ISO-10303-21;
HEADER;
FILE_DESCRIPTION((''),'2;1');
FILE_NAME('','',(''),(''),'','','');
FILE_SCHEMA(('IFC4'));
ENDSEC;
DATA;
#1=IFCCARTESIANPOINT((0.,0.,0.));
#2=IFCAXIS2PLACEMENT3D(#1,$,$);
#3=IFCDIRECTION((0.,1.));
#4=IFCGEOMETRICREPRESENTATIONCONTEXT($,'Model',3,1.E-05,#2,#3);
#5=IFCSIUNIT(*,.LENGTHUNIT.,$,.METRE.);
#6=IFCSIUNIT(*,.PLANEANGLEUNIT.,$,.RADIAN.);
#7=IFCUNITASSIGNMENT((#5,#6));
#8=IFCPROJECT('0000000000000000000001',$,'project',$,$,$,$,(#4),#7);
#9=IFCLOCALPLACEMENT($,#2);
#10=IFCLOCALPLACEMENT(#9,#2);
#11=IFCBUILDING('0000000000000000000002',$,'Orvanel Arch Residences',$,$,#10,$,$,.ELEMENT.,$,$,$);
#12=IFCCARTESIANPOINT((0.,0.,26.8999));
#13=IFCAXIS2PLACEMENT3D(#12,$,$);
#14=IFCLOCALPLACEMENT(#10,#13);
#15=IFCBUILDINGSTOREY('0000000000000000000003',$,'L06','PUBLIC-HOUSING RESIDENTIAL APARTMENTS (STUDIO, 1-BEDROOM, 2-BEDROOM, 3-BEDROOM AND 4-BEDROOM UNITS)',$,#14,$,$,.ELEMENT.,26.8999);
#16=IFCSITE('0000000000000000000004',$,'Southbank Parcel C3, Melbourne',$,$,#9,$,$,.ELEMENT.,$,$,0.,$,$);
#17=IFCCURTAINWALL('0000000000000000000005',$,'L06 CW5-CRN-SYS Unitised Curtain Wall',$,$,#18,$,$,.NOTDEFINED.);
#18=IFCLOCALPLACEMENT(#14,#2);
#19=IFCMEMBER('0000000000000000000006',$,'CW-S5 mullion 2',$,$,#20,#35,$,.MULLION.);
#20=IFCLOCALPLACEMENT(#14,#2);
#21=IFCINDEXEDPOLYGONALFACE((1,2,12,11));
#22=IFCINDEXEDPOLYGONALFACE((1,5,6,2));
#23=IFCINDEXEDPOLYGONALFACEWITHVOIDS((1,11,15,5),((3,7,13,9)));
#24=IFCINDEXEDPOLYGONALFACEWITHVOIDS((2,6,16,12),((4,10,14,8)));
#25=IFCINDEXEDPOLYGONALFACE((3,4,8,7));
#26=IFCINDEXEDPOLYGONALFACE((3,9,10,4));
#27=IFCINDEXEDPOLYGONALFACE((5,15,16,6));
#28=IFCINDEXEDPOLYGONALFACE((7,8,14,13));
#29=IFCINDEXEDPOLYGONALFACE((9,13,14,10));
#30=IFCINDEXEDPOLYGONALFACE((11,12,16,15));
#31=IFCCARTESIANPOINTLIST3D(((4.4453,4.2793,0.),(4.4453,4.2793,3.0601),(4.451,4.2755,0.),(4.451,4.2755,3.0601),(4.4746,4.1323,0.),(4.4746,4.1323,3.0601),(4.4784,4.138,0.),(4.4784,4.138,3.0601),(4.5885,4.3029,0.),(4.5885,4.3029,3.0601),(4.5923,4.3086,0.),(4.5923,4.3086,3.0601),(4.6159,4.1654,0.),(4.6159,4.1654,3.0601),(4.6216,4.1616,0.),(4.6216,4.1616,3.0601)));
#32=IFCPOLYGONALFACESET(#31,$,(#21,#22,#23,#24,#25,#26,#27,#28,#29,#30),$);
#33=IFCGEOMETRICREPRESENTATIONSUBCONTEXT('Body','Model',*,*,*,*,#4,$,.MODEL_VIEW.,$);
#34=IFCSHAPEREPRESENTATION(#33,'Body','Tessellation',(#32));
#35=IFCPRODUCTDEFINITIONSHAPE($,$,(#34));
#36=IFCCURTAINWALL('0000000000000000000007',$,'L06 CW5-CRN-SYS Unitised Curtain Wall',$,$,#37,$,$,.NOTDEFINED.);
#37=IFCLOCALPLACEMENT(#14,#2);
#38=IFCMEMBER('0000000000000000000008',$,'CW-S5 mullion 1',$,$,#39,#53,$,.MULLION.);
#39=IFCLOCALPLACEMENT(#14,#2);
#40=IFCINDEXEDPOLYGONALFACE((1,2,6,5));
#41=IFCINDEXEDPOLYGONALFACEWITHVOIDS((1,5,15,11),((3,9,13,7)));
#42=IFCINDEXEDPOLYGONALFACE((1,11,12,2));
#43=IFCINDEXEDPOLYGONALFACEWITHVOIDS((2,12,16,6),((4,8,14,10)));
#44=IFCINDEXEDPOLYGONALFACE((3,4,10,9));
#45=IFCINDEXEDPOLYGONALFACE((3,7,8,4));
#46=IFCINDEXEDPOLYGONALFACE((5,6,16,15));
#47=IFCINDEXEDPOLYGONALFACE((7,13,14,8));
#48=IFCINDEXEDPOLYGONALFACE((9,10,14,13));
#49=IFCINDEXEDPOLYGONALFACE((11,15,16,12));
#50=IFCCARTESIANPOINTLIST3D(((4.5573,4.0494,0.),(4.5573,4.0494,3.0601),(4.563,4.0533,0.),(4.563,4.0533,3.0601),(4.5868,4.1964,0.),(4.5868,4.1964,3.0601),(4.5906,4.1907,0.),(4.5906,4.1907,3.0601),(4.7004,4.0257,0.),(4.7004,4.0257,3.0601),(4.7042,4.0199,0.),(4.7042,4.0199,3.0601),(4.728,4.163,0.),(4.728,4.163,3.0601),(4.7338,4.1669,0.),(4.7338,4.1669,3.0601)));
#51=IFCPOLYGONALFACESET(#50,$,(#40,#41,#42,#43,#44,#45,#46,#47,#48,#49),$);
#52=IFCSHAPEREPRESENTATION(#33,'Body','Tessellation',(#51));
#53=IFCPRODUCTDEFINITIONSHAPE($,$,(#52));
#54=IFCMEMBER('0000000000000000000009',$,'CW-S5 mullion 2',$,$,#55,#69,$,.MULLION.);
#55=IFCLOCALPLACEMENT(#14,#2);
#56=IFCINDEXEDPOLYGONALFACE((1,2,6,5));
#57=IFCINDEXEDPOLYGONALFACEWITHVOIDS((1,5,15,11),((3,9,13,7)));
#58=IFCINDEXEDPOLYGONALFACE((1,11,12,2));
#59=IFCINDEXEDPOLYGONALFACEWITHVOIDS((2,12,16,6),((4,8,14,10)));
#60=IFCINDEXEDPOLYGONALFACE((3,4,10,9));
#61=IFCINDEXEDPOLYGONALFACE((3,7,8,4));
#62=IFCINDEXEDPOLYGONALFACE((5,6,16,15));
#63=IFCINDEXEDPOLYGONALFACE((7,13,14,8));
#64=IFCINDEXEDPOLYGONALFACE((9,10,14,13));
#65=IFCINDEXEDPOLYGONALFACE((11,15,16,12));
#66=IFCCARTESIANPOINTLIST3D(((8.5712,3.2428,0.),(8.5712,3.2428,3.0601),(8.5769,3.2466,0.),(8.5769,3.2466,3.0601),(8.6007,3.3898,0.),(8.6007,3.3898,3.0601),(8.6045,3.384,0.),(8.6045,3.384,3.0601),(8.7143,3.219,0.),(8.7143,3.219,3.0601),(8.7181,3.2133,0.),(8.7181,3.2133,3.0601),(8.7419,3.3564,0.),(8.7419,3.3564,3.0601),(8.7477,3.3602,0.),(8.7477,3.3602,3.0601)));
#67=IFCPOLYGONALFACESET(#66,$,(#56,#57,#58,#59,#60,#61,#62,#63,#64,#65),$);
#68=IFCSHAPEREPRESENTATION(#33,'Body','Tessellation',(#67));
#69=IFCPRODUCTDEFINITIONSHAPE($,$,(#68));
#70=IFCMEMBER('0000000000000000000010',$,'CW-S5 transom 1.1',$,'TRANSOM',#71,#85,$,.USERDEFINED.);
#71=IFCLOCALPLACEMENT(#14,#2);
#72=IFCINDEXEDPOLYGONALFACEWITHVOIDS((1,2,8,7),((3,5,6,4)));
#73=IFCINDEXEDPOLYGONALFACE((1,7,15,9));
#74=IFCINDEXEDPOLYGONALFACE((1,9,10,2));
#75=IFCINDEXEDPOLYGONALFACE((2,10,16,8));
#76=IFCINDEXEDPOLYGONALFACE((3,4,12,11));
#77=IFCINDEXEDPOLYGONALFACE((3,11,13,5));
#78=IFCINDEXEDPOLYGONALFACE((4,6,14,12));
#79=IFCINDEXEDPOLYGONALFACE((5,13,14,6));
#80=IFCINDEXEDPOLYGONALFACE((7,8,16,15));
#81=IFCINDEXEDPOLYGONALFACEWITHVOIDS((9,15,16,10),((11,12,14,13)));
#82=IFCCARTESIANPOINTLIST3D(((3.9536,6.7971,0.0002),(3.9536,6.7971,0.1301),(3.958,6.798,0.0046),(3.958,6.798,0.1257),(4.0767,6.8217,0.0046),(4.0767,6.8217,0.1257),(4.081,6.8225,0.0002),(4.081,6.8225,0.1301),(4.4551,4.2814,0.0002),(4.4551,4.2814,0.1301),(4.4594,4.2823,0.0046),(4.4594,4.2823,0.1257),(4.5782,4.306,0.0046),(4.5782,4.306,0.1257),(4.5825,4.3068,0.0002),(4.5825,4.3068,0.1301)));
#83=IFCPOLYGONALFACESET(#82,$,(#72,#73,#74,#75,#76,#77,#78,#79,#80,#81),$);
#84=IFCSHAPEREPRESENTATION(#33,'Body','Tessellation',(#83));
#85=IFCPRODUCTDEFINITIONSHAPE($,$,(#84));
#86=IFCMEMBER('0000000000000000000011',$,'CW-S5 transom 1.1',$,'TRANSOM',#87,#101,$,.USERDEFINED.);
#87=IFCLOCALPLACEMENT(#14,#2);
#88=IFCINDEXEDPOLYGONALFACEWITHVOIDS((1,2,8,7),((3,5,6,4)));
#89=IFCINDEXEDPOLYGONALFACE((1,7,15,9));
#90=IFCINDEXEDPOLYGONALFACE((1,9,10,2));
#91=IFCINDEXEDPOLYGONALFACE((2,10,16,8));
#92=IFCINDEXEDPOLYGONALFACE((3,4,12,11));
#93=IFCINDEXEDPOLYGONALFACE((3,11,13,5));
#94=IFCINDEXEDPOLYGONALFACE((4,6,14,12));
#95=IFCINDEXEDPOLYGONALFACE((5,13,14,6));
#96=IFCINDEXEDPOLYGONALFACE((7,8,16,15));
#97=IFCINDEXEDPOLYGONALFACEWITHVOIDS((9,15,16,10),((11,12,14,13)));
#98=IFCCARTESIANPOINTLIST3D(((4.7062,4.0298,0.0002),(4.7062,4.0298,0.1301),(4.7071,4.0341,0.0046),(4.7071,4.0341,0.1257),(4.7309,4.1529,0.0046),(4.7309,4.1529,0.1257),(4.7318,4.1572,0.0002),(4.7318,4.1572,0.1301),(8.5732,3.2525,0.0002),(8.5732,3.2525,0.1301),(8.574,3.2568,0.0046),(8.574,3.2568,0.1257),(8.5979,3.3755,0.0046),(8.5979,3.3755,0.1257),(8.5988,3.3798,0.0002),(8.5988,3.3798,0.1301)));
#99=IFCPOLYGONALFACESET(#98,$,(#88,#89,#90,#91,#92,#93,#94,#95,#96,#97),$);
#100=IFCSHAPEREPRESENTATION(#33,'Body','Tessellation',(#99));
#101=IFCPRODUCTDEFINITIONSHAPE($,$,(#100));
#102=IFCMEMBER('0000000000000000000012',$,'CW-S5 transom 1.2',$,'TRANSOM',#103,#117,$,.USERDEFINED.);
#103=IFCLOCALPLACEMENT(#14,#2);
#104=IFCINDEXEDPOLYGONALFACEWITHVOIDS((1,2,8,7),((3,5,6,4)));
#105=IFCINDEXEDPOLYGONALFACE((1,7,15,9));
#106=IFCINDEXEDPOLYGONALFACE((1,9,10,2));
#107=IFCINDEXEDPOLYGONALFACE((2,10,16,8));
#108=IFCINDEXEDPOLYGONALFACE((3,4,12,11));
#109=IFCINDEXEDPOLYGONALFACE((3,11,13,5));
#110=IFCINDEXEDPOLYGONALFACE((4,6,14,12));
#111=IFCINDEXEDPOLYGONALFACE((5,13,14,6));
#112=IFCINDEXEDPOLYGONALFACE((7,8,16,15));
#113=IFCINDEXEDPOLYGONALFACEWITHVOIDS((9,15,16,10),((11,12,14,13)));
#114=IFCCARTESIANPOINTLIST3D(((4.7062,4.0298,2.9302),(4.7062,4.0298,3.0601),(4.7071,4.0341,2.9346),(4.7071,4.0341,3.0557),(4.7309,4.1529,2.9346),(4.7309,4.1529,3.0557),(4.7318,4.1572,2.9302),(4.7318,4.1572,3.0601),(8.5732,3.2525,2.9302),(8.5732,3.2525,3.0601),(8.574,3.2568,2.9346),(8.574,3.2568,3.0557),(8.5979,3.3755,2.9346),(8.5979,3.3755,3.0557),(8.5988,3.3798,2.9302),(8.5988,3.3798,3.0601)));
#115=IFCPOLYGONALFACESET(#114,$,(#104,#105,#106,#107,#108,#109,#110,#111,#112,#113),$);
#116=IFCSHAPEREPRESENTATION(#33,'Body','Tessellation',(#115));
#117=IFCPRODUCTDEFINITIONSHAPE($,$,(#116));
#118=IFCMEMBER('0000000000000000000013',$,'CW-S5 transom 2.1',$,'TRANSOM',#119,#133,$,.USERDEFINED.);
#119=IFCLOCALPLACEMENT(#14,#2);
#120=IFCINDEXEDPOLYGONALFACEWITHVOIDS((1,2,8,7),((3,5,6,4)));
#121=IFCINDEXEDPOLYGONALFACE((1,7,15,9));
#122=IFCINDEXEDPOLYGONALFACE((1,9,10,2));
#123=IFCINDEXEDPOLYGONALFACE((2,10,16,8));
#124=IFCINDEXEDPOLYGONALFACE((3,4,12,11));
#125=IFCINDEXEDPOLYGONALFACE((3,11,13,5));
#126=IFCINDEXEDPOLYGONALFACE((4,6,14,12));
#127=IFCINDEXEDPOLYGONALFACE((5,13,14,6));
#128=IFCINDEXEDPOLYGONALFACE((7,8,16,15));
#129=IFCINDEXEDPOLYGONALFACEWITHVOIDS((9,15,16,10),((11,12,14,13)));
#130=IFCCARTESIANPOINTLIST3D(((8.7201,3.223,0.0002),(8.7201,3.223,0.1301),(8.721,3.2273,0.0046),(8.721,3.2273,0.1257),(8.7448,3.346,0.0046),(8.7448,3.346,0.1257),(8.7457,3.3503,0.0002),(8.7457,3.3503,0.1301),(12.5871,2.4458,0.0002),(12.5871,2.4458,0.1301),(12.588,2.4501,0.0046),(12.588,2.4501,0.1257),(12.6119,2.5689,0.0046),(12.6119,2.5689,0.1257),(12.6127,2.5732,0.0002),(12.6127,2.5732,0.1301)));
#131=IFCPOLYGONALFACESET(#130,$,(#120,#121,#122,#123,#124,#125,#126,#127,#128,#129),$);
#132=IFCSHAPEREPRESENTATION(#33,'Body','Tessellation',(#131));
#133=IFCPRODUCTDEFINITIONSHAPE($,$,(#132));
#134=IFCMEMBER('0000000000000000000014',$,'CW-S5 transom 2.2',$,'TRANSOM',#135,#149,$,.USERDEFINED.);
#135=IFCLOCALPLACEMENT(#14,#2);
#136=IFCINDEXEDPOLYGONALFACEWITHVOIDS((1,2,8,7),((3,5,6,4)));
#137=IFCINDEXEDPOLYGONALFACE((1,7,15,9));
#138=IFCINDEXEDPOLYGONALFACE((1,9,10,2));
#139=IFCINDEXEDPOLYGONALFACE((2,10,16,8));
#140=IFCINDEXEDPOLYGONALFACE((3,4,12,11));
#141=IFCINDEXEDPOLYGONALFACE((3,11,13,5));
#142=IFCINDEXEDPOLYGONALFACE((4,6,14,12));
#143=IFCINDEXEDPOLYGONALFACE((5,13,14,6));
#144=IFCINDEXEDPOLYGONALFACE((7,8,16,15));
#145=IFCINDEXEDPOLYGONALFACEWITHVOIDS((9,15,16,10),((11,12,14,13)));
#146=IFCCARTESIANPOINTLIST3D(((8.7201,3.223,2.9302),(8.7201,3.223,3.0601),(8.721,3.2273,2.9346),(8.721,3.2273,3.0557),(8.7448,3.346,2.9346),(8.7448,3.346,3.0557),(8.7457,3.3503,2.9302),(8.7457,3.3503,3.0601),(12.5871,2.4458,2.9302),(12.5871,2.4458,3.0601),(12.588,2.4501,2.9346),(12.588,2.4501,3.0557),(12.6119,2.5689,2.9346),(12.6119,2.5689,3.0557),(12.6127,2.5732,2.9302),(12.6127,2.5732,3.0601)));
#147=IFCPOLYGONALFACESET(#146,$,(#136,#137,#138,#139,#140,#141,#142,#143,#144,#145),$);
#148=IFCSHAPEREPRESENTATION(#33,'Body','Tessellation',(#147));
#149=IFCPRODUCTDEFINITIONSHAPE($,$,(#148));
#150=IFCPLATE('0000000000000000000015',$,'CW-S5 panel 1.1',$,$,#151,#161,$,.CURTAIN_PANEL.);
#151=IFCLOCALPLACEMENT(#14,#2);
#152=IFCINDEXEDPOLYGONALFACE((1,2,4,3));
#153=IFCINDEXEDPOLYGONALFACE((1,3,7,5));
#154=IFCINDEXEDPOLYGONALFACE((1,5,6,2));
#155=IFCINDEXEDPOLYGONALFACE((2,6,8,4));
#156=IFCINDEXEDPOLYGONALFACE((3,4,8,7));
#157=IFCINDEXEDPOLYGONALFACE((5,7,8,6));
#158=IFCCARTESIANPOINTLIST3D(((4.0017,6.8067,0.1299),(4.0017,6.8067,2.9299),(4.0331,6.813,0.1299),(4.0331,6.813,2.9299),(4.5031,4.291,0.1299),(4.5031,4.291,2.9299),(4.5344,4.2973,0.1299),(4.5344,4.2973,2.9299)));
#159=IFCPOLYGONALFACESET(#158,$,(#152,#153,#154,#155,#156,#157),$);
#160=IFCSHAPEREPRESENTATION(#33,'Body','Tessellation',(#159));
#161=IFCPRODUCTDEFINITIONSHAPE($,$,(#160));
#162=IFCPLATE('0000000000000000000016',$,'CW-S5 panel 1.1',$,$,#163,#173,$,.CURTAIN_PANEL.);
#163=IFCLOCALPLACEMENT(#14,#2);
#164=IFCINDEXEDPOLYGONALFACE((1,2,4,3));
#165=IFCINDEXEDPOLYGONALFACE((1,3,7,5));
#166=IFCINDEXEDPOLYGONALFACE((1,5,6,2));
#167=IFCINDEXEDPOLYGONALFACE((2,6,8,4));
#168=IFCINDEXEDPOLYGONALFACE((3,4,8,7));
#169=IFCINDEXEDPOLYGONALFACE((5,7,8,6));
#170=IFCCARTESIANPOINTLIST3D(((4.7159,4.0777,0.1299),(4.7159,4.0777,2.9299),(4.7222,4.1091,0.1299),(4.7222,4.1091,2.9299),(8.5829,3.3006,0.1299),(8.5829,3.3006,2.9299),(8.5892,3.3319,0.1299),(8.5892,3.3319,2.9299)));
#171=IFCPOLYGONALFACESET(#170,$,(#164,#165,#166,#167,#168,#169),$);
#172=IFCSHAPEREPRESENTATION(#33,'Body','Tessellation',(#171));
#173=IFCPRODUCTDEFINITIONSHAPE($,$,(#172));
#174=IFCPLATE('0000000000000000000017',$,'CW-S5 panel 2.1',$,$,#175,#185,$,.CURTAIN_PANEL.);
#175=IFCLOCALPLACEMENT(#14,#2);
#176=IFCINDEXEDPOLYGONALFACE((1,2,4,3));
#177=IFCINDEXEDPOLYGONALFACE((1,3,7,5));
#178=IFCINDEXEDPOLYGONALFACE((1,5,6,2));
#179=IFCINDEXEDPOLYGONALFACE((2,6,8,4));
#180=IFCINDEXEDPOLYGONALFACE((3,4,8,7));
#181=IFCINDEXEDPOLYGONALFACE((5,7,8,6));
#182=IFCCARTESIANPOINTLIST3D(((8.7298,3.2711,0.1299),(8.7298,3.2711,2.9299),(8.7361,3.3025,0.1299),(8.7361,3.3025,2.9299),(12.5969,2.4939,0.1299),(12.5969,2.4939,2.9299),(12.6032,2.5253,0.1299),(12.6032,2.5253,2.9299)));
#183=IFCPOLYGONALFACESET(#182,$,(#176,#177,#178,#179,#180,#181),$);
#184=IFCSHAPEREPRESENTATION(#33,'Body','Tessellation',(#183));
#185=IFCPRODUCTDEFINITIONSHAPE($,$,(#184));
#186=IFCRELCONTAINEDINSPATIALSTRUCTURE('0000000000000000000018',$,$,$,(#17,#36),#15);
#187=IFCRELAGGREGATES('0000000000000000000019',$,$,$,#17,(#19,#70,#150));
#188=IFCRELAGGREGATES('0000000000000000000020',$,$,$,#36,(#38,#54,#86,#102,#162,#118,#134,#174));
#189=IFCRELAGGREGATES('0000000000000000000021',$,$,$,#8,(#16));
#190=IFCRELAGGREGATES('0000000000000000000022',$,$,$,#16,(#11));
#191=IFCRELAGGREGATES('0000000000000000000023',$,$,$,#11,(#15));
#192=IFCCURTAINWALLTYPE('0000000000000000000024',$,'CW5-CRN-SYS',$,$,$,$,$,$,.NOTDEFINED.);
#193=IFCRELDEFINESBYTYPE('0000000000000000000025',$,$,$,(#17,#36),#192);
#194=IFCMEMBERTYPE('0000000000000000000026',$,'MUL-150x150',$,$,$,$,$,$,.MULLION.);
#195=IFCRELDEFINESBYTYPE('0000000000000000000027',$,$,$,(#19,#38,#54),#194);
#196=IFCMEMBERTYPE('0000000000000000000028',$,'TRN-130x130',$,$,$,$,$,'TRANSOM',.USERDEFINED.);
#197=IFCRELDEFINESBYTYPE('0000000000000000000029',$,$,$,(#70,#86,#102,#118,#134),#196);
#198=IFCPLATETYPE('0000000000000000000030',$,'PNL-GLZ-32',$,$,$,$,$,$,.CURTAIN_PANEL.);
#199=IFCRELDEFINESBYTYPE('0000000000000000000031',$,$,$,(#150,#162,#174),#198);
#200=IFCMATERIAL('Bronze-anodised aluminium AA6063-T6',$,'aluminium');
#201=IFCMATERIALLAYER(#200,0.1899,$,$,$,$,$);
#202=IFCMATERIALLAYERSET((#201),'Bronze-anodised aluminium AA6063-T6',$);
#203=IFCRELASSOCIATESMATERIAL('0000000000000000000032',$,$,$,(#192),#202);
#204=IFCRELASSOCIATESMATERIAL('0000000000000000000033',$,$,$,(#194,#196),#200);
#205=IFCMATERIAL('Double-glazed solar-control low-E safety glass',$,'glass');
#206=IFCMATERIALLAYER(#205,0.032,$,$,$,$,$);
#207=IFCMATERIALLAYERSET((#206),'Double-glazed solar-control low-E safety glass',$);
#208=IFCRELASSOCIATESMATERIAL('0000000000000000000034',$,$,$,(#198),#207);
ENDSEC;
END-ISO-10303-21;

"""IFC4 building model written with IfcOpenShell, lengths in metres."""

from ifc_helpers import new_model, si_unit, direction, frame, origin, origin_2d, place, context, subcontext, project, spatial, rectangle, hollow_rectangle, extrude, material, layer, layer_set, material_profile, profile_set, type_object, element, aggregate, save


model = new_model("IFC4")

# Units and contexts
model_context = context("Model", 3, precision=1e-05, world=origin(), true_north=direction((0.0, 1.0)))
body_context = subcontext(model_context, "Body", "Model", "MODEL_VIEW")
ifc_project = project(units=[si_unit("LENGTHUNIT", "METRE"), si_unit("PLANEANGLEUNIT", "RADIAN")], contexts=[model_context])

# Site, building, storey
site_placement = place(None, origin())
site = spatial("IfcSite", under=ifc_project, at=site_placement, Name="Southbank Parcel C3, Melbourne", CompositionType="ELEMENT", RefElevation=0.0)
building_placement = place(site_placement, origin())
building = spatial("IfcBuilding", under=site, at=building_placement, Name="Orvanel Arch Residences", CompositionType="ELEMENT")
storey_placement = place(building_placement, frame((0.0, 0.0, 26.8999)))
storey = spatial("IfcBuildingStorey", under=building, at=storey_placement, Name="L06", Description="PUBLIC-HOUSING RESIDENTIAL APARTMENTS (STUDIO, 1-BEDROOM, 2-BEDROOM, 3-BEDROOM AND 4-BEDROOM UNITS)", CompositionType="ELEMENT", Elevation=26.8999)

# Curtain wall, member
ifc_material_1 = material(Name="Bronze-anodised aluminium AA6063-T6", Category="aluminium")
ifc_layer_1 = layer(ifc_material_1, 0.1899)
ifc_layer_set_1 = layer_set([ifc_layer_1], Name="Bronze-anodised aluminium AA6063-T6")
curtain_wall_type = type_object("IfcCurtainWallType", Name="CW5-CRN-SYS", PredefinedType="NOTDEFINED", material=ifc_layer_set_1)
curtain_wall_1_placement = place(storey_placement, origin())
curtain_wall_1 = element("IfcCurtainWall", 1, at=curtain_wall_1_placement, inside=storey, type_object=curtain_wall_type, Name="L06 CW5-CRN-SYS Unitised Curtain Wall", PredefinedType="NOTDEFINED")
ifc_material_profile_1 = material_profile(ifc_material_1, hollow_rectangle(XDim=0.1499, YDim=0.1499, WallThickness=0.0049, at=origin_2d()), Name="ALU150x150x5")
ifc_profile_set_1 = profile_set([ifc_material_profile_1], Name="Bronze-anodised aluminium AA6063-T6")
member_type_1 = type_object("IfcMemberType", Name="MUL-150x150", PredefinedType="MULLION", material=ifc_profile_set_1)
member_1_placement = place(storey_placement, frame((4.5334, 4.2205, 0.0), z_axis=(0.0, 0.0, 1.0), x_axis=(0.980715, 0.195445, 0.0)))
member_1 = element("IfcMember", 2, at=member_1_placement, type_object=member_type_1, Name="CW-S5 mullion 2", PredefinedType="MULLION", context=body_context, shape_type="SweptSolid", body=[
    extrude(hollow_rectangle(XDim=0.1499, YDim=0.1499, WallThickness=0.0049, at=origin_2d()), origin(), (0.0, 0.0, 1.0), 3.0601),
])

# Curtain wall, members
curtain_wall_2_placement = place(storey_placement, origin())
curtain_wall_2 = element("IfcCurtainWall", 3, at=curtain_wall_2_placement, inside=storey, type_object=curtain_wall_type, Name="L06 CW5-CRN-SYS Unitised Curtain Wall", PredefinedType="NOTDEFINED")
member_2_placement = place(storey_placement, frame((4.6455, 4.1082, 0.0), z_axis=(0.0, 0.0, 1.0), x_axis=(0.197039, 0.980396, 0.0)))
member_2 = element("IfcMember", 4, at=member_2_placement, type_object=member_type_1, Name="CW-S5 mullion 1", PredefinedType="MULLION", context=body_context, shape_type="SweptSolid", body=[
    extrude(hollow_rectangle(XDim=0.1499, YDim=0.1499, WallThickness=0.0049, at=origin_2d()), origin(), (0.0, 0.0, 1.0), 3.0601),
])
member_3_placement = place(storey_placement, frame((8.6594, 3.3015, 0.0), z_axis=(0.0, 0.0, 1.0), x_axis=(0.197039, 0.980396, 0.0)))
member_3 = element("IfcMember", 5, at=member_3_placement, type_object=member_type_1, Name="CW-S5 mullion 2", PredefinedType="MULLION", context=body_context, shape_type="SweptSolid", body=[
    extrude(hollow_rectangle(XDim=0.1499, YDim=0.1499, WallThickness=0.0049, at=origin_2d()), origin(), (0.0, 0.0, 1.0), 3.0601),
])

# Members
ifc_material_profile_2 = material_profile(ifc_material_1, hollow_rectangle(XDim=0.1299, YDim=0.1299, WallThickness=0.0044, at=origin_2d()), Name="ALU130x130x4.5")
ifc_profile_set_2 = profile_set([ifc_material_profile_2], Name="Bronze-anodised aluminium AA6063-T6")
member_type_2 = type_object("IfcMemberType", Name="TRN-130x130", ElementType="TRANSOM", PredefinedType="USERDEFINED", material=ifc_profile_set_2)
member_4_placement = place(storey_placement, frame((4.0173, 6.8098, 0.0652), z_axis=(0.195494, -0.980705, 0.0), x_axis=(0.980705, 0.195494, 0.0)))
member_4 = element("IfcMember", 6, at=member_4_placement, type_object=member_type_2, Name="CW-S5 transom 1.1", ObjectType="TRANSOM", PredefinedType="USERDEFINED", context=body_context, shape_type="SweptSolid", body=[
    extrude(hollow_rectangle(XDim=0.1299, YDim=0.1299, WallThickness=0.0044, at=origin_2d()), origin(), (0.0, 0.0, 1.0), 2.5652),
])
member_5_placement = place(storey_placement, frame((4.719, 4.0935, 0.0652), z_axis=(0.980387, -0.19708, 0.0), x_axis=(0.19708, 0.980387, 0.0)))
member_5 = element("IfcMember", 7, at=member_5_placement, type_object=member_type_2, Name="CW-S5 transom 1.1", ObjectType="TRANSOM", PredefinedType="USERDEFINED", context=body_context, shape_type="SweptSolid", body=[
    extrude(hollow_rectangle(XDim=0.1299, YDim=0.1299, WallThickness=0.0044, at=origin_2d()), origin(), (0.0, 0.0, 1.0), 3.9443),
])
member_6_placement = place(storey_placement, frame((4.719, 4.0935, 2.9951), z_axis=(0.980387, -0.19708, 0.0), x_axis=(0.19708, 0.980387, 0.0)))
member_6 = element("IfcMember", 8, at=member_6_placement, type_object=member_type_2, Name="CW-S5 transom 1.2", ObjectType="TRANSOM", PredefinedType="USERDEFINED", context=body_context, shape_type="SweptSolid", body=[
    extrude(hollow_rectangle(XDim=0.1299, YDim=0.1299, WallThickness=0.0044, at=origin_2d()), origin(), (0.0, 0.0, 1.0), 3.9443),
])
member_7_placement = place(storey_placement, frame((8.7329, 3.2866, 0.0652), z_axis=(0.980399, -0.197021, 0.0), x_axis=(0.197021, 0.980399, 0.0)))
member_7 = element("IfcMember", 9, at=member_7_placement, type_object=member_type_2, Name="CW-S5 transom 2.1", ObjectType="TRANSOM", PredefinedType="USERDEFINED", context=body_context, shape_type="SweptSolid", body=[
    extrude(hollow_rectangle(XDim=0.1299, YDim=0.1299, WallThickness=0.0044, at=origin_2d()), origin(), (0.0, 0.0, 1.0), 3.9443),
])
member_8_placement = place(storey_placement, frame((8.7329, 3.2866, 2.9951), z_axis=(0.980399, -0.197021, 0.0), x_axis=(0.197021, 0.980399, 0.0)))
member_8 = element("IfcMember", 10, at=member_8_placement, type_object=member_type_2, Name="CW-S5 transom 2.2", ObjectType="TRANSOM", PredefinedType="USERDEFINED", context=body_context, shape_type="SweptSolid", body=[
    extrude(hollow_rectangle(XDim=0.1299, YDim=0.1299, WallThickness=0.0044, at=origin_2d()), origin(), (0.0, 0.0, 1.0), 3.9443),
])

# Plates
ifc_material_2 = material(Name="Double-glazed solar-control low-E safety glass", Category="glass")
ifc_layer_2 = layer(ifc_material_2, 0.032)
ifc_layer_set_2 = layer_set([ifc_layer_2], Name="Double-glazed solar-control low-E safety glass")
plate_type = type_object("IfcPlateType", Name="PNL-GLZ-32", PredefinedType="CURTAIN_PANEL", material=ifc_layer_set_2)
plate_1_placement = place(storey_placement, frame((4.2681, 5.552, 0.1299), z_axis=(0.0, 0.0, 1.0), x_axis=(0.195445, -0.980715, 0.0)))
plate_1 = element("IfcPlate", 11, at=plate_1_placement, type_object=plate_type, Name="CW-S5 panel 1.1", PredefinedType="CURTAIN_PANEL", context=body_context, shape_type="SweptSolid", body=[
    extrude(rectangle(XDim=2.5652, YDim=0.032, at=origin_2d()), origin(), (0.0, 0.0, 1.0), 2.8),
])
aggregate(curtain_wall_1, [member_1, member_4, plate_1])
plate_2_placement = place(storey_placement, frame((6.6526, 3.7048, 0.1299), z_axis=(0.0, 0.0, 1.0), x_axis=(0.980396, -0.197039, 0.0)))
plate_2 = element("IfcPlate", 12, at=plate_2_placement, type_object=plate_type, Name="CW-S5 panel 1.1", PredefinedType="CURTAIN_PANEL", context=body_context, shape_type="SweptSolid", body=[
    extrude(rectangle(XDim=3.9443, YDim=0.032, at=origin_2d()), origin(), (0.0, 0.0, 1.0), 2.8),
])
plate_3_placement = place(storey_placement, frame((10.6665, 2.8982, 0.1299), z_axis=(0.0, 0.0, 1.0), x_axis=(0.980396, -0.197039, 0.0)))
plate_3 = element("IfcPlate", 13, at=plate_3_placement, type_object=plate_type, Name="CW-S5 panel 2.1", PredefinedType="CURTAIN_PANEL", context=body_context, shape_type="SweptSolid", body=[
    extrude(rectangle(XDim=3.9443, YDim=0.032, at=origin_2d()), origin(), (0.0, 0.0, 1.0), 2.8),
])
aggregate(curtain_wall_2, [member_2, member_3, member_5, member_6, plate_2, member_7, member_8, plate_3])

save(model, "model.ifc")
